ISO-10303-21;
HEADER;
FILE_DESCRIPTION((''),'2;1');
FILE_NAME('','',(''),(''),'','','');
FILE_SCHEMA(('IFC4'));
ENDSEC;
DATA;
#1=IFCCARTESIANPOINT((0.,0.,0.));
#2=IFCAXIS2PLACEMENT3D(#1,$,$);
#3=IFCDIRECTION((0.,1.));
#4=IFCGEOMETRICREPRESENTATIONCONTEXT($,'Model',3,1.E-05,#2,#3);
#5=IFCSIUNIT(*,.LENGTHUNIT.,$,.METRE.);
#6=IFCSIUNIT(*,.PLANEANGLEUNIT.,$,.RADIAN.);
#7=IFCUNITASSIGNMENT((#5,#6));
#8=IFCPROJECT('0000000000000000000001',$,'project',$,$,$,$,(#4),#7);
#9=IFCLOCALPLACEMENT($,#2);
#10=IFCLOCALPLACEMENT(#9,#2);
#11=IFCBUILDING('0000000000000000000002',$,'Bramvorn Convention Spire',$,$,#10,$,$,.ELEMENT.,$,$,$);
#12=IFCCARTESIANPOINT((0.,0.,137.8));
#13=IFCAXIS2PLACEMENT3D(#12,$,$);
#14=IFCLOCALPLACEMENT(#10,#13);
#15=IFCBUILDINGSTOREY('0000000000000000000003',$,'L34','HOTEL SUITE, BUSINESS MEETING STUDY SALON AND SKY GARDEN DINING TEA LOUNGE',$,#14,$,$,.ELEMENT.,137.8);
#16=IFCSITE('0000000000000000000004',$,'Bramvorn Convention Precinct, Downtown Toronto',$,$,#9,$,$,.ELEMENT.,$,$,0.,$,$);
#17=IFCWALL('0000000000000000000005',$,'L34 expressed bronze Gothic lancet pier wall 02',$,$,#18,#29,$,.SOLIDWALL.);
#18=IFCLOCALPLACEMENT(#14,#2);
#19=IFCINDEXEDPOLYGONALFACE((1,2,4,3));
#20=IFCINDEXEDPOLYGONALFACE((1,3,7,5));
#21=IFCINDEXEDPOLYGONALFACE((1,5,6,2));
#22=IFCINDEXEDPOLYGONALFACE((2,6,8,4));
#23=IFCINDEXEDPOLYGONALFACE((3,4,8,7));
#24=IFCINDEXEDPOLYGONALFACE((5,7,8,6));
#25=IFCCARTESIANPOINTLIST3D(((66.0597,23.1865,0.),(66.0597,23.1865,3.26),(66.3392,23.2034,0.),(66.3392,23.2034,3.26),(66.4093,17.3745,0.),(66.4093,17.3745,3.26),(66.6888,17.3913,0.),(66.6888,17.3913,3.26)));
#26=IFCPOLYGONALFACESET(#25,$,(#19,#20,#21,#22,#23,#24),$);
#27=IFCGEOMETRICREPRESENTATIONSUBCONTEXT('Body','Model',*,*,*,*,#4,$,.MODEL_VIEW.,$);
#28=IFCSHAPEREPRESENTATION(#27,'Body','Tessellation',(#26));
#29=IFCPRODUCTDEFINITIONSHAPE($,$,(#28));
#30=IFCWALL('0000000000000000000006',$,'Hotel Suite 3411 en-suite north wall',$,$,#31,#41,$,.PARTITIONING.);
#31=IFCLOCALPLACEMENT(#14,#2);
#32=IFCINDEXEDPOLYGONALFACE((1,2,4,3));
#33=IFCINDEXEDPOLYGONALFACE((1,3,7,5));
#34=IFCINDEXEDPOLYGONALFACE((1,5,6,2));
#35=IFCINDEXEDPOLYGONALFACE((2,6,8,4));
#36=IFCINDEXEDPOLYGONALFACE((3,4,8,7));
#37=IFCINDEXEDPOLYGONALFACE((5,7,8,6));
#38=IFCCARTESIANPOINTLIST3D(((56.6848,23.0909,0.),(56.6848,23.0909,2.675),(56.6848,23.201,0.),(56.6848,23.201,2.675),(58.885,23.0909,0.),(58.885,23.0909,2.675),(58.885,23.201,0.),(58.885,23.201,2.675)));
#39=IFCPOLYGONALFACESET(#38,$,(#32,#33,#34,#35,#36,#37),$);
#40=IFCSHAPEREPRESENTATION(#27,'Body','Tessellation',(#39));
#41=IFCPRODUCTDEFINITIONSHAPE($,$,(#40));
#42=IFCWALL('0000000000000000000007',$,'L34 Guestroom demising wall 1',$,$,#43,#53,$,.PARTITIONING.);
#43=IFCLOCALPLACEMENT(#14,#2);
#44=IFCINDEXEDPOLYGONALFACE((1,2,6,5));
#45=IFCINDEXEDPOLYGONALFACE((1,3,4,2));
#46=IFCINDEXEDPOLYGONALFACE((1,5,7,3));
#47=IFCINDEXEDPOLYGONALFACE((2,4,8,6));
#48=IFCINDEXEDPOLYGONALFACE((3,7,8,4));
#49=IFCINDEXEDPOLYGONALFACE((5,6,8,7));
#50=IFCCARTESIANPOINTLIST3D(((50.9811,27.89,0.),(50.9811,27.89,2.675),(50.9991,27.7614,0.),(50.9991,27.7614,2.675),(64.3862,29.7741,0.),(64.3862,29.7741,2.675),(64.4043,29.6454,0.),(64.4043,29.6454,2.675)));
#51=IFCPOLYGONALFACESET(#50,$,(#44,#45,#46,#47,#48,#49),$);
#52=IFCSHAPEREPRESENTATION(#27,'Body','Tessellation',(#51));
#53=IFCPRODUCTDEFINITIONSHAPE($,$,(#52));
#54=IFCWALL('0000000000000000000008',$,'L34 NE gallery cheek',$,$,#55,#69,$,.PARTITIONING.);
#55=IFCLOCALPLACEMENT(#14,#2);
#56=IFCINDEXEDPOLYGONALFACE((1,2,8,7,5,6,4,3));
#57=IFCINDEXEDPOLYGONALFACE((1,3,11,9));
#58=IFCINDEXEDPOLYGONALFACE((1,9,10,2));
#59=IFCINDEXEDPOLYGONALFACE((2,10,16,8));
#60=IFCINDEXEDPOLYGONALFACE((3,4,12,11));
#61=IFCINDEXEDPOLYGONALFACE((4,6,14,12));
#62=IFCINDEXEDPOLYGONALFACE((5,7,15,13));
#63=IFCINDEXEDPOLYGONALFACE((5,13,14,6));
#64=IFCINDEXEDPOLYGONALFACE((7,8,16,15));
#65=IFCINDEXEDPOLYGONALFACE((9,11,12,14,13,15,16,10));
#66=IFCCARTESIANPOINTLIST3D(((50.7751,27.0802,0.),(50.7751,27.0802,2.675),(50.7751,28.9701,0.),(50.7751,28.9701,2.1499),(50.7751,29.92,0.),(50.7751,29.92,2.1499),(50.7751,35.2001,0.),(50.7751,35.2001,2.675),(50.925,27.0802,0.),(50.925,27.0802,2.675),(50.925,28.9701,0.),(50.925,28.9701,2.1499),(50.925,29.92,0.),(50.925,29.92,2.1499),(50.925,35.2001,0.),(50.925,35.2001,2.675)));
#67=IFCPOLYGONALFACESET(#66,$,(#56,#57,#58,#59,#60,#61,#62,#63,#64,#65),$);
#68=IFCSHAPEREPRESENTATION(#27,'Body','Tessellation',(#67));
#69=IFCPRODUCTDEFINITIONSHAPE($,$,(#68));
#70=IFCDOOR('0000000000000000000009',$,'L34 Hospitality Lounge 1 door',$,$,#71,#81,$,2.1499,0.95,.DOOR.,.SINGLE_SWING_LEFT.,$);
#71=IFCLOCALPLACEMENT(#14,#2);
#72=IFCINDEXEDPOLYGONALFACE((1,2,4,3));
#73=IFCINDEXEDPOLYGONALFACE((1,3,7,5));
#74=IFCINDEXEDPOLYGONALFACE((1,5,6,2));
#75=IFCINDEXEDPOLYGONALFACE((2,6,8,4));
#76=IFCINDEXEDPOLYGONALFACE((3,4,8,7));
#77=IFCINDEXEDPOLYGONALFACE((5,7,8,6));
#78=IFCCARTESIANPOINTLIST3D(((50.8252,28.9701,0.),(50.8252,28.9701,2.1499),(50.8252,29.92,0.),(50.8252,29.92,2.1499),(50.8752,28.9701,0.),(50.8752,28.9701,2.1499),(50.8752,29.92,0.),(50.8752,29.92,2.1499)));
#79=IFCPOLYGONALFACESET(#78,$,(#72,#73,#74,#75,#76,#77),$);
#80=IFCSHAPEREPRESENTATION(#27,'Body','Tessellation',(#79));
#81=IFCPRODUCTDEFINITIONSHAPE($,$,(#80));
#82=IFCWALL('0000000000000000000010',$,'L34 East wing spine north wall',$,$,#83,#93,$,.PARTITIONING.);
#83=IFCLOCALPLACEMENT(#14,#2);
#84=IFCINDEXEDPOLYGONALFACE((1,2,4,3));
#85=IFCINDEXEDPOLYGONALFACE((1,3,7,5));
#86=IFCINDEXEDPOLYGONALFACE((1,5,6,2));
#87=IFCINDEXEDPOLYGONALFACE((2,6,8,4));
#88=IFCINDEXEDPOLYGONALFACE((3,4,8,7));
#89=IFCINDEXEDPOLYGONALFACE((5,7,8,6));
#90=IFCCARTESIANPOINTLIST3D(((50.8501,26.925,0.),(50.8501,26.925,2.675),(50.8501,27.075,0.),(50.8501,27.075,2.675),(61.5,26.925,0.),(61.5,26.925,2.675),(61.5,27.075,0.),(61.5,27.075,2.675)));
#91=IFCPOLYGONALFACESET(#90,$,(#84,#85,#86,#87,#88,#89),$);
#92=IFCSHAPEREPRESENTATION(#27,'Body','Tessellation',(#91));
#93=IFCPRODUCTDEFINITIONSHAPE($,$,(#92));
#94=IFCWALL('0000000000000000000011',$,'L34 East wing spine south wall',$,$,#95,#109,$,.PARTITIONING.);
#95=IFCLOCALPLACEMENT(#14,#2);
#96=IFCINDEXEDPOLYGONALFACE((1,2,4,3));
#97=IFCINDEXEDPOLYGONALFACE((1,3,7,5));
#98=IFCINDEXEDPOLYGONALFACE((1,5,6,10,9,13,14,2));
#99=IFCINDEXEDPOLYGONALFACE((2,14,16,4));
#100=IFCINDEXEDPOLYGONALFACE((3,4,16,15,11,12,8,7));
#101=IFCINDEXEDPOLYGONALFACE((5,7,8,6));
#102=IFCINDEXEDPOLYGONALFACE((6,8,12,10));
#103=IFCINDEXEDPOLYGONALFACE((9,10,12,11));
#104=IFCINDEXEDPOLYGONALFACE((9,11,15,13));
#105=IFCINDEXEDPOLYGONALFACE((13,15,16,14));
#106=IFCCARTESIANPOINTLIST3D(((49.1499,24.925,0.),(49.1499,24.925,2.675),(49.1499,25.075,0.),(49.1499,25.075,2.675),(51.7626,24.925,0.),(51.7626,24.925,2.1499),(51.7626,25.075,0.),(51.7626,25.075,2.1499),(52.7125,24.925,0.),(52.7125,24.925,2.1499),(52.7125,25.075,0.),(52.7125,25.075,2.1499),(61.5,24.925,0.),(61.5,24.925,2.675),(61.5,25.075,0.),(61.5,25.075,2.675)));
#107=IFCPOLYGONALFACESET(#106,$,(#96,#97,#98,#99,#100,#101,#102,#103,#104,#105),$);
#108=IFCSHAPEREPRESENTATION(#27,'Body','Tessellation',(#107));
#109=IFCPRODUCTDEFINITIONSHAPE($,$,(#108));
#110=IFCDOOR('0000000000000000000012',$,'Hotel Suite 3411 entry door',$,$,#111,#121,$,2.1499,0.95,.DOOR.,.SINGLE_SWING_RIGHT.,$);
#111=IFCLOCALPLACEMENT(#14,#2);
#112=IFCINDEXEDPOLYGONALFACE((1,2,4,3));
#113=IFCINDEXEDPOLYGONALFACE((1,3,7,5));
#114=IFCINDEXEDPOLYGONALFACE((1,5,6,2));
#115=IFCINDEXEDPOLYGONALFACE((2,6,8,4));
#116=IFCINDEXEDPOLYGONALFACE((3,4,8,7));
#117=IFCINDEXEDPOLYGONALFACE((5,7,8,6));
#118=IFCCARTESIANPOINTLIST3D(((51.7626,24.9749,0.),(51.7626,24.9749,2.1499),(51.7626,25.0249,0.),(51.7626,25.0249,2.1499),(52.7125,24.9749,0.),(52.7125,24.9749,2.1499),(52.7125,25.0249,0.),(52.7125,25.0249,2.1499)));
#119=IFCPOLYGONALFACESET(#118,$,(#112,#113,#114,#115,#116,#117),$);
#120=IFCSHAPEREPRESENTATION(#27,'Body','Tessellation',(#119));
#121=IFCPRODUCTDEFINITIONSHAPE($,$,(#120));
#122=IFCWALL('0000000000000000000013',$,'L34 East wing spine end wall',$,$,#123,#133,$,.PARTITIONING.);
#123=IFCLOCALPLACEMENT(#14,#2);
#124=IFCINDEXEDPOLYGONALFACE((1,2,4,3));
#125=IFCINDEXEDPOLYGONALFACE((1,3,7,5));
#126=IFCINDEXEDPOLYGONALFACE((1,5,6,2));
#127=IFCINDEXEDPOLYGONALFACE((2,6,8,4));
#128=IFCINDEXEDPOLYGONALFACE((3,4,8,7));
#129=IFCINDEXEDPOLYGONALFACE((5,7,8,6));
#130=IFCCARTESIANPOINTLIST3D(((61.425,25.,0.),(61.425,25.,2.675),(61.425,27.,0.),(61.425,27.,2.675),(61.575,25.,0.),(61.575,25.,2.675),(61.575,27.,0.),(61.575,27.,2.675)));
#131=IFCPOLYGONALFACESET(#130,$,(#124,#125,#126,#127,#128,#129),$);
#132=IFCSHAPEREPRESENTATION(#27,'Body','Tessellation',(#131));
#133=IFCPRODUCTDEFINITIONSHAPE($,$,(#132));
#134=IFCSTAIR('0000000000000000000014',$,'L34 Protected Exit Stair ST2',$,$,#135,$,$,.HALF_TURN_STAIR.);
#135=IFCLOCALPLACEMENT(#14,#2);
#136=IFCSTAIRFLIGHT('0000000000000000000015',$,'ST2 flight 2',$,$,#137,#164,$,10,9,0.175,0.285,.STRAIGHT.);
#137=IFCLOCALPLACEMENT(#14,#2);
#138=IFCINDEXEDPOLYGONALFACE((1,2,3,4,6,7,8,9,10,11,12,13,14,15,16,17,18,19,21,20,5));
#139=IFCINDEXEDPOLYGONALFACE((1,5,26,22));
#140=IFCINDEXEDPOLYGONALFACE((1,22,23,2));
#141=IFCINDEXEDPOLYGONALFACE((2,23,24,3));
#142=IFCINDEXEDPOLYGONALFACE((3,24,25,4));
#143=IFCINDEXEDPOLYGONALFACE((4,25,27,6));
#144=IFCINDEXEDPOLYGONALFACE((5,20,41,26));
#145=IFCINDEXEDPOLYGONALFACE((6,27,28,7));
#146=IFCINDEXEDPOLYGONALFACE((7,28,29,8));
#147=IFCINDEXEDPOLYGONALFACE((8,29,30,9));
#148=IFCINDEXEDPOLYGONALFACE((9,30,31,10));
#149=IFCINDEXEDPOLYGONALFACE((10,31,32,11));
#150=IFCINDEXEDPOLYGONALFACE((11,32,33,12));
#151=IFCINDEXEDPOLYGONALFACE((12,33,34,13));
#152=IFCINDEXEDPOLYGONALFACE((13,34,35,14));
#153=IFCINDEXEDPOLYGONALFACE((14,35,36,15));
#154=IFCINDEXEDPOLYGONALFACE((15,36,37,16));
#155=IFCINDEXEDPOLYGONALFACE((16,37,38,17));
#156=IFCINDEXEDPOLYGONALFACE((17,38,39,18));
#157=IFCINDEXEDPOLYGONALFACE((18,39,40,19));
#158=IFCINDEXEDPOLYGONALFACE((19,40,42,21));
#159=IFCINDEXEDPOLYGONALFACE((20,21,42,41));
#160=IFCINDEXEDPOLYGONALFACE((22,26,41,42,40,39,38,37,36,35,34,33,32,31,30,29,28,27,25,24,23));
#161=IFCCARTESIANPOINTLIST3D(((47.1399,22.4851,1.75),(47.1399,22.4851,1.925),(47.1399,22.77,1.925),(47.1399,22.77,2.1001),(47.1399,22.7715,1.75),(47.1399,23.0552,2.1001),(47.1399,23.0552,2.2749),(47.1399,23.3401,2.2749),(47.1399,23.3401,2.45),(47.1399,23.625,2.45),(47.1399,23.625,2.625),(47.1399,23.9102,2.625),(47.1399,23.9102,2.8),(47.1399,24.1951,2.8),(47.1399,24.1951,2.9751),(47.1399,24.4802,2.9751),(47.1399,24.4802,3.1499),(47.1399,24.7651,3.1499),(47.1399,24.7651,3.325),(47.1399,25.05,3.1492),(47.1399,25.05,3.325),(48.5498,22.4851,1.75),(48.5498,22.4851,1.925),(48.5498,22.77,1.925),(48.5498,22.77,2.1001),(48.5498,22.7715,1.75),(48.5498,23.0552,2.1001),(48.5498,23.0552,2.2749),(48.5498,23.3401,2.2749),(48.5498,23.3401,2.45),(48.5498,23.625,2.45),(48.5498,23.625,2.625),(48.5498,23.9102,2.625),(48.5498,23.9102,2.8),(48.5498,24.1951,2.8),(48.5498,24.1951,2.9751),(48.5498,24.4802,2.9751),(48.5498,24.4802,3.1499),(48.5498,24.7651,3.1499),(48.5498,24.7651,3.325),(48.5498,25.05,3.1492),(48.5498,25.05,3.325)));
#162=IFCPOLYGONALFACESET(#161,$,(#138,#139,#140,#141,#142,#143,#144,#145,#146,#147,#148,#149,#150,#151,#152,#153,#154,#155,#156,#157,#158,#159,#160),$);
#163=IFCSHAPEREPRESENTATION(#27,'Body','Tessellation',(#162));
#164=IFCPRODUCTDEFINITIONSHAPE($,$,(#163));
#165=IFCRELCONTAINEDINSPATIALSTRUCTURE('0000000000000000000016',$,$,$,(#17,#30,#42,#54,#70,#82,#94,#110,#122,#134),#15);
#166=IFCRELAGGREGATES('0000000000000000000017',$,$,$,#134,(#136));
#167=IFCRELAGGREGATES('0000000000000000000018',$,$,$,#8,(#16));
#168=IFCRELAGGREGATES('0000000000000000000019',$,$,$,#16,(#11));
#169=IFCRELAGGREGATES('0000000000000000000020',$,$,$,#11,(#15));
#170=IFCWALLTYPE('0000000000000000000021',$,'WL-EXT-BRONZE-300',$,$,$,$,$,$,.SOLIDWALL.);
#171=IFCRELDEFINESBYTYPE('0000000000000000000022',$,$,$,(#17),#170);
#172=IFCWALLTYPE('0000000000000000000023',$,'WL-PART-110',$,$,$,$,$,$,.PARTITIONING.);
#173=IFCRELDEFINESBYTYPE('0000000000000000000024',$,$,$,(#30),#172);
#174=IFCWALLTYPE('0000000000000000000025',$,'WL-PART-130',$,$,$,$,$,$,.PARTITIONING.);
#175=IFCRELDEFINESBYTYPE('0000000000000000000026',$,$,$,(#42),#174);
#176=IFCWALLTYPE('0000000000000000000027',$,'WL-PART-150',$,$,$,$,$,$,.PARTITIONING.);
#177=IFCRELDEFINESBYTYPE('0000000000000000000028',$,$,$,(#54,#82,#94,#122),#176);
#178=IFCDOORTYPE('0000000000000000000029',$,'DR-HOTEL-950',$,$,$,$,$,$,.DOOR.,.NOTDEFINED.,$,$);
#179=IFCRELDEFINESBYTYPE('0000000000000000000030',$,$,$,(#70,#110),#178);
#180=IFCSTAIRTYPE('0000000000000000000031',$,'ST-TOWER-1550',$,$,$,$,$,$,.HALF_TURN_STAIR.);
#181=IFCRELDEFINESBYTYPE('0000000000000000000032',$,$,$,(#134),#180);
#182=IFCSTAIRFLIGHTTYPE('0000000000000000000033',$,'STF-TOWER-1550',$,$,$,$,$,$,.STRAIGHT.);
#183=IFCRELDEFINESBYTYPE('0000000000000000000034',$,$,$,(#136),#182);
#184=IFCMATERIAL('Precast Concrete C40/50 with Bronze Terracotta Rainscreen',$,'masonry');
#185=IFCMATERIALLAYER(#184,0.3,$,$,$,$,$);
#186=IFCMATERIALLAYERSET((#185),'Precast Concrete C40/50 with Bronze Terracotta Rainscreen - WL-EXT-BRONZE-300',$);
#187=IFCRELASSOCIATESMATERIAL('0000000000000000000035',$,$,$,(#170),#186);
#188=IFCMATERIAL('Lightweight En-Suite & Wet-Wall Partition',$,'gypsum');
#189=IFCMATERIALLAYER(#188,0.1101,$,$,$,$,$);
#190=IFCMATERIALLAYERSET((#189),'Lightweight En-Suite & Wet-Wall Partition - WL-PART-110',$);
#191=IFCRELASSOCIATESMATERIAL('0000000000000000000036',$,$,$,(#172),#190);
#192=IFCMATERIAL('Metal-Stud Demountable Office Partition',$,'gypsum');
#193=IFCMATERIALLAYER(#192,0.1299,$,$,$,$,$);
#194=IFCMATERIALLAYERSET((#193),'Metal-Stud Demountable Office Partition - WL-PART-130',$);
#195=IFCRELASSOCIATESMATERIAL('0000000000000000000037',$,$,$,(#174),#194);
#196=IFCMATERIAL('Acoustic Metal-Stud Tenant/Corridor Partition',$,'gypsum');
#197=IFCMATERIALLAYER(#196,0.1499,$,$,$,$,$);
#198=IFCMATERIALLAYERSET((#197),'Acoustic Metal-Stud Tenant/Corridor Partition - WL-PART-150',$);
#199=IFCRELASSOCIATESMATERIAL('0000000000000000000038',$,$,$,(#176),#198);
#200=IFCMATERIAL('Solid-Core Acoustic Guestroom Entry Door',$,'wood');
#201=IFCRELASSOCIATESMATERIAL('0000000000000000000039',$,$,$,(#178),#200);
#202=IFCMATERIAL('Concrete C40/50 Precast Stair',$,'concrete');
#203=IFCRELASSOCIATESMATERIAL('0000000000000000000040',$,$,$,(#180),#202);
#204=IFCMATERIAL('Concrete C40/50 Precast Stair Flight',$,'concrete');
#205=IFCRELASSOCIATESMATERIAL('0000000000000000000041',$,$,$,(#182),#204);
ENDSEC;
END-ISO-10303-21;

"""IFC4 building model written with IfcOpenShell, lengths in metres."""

from ifc_helpers import new_model, si_unit, direction, frame, frame_2d, origin, place, context, subcontext, project, spatial, polyline, rectangle, outline, extrude, material, layer, layer_set, type_object, element, fill, aggregate, save


model = new_model("IFC4")

# Units and contexts
model_context = context("Model", 3, precision=1e-05, world=origin(), true_north=direction((0.0, 1.0)))
body_context = subcontext(model_context, "Body", "Model", "MODEL_VIEW")
ifc_project = project(units=[si_unit("LENGTHUNIT", "METRE"), si_unit("PLANEANGLEUNIT", "RADIAN")], contexts=[model_context])

# Site, building, storey
site_placement = place(None, origin())
site = spatial("IfcSite", under=ifc_project, at=site_placement, Name="Bramvorn Convention Precinct, Downtown Toronto", CompositionType="ELEMENT", RefElevation=0.0)
building_placement = place(site_placement, origin())
building = spatial("IfcBuilding", under=site, at=building_placement, Name="Bramvorn Convention Spire", CompositionType="ELEMENT")
storey_placement = place(building_placement, frame((0.0, 0.0, 137.8)))
storey = spatial("IfcBuildingStorey", under=building, at=storey_placement, Name="L34", Description="HOTEL SUITE, BUSINESS MEETING STUDY SALON AND SKY GARDEN DINING TEA LOUNGE", CompositionType="ELEMENT", Elevation=137.8)

# Walls
ifc_material_1 = material(Name="Precast Concrete C40/50 with Bronze Terracotta Rainscreen", Category="masonry")
ifc_layer_1 = layer(ifc_material_1, 0.3)
ifc_layer_set_1 = layer_set([ifc_layer_1], Name="Precast Concrete C40/50 with Bronze Terracotta Rainscreen - WL-EXT-BRONZE-300")
wall_type_1 = type_object("IfcWallType", Name="WL-EXT-BRONZE-300", PredefinedType="SOLIDWALL", material=ifc_layer_set_1)
wall_1_placement = place(storey_placement, frame((66.1995, 23.1948, 0.0), z_axis=(0.0, 0.0, 1.0), x_axis=(0.060044, -0.998196, 0.0)))
element("IfcWall", 1, at=wall_1_placement, inside=storey, type_object=wall_type_1, Name="L34 expressed bronze Gothic lancet pier wall 02", PredefinedType="SOLIDWALL", context=body_context, shape_type="SweptSolid", body=[
    extrude(rectangle(XDim=5.8225, YDim=0.28, at=frame_2d((2.9111, 0.0))), origin(), (0.0, 0.0, 1.0), 3.26),
])
ifc_material_2 = material(Name="Lightweight En-Suite & Wet-Wall Partition", Category="gypsum")
ifc_layer_2 = layer(ifc_material_2, 0.1101)
ifc_layer_set_2 = layer_set([ifc_layer_2], Name="Lightweight En-Suite & Wet-Wall Partition - WL-PART-110")
wall_type_2 = type_object("IfcWallType", Name="WL-PART-110", PredefinedType="PARTITIONING", material=ifc_layer_set_2)
wall_2_placement = place(storey_placement, frame((56.6848, 23.146, 0.0), z_axis=(0.0, 0.0, 1.0), x_axis=(1.0, 0.0, 0.0)))
element("IfcWall", 2, at=wall_2_placement, inside=storey, type_object=wall_type_2, Name="Hotel Suite 3411 en-suite north wall", PredefinedType="PARTITIONING", context=body_context, shape_type="SweptSolid", body=[
    extrude(rectangle(XDim=2.2002, YDim=0.1101, at=frame_2d((1.1001, 0.0))), origin(), (0.0, 0.0, 1.0), 2.675),
])
ifc_material_3 = material(Name="Metal-Stud Demountable Office Partition", Category="gypsum")
ifc_layer_3 = layer(ifc_material_3, 0.1299)
ifc_layer_set_3 = layer_set([ifc_layer_3], Name="Metal-Stud Demountable Office Partition - WL-PART-130")
wall_type_3 = type_object("IfcWallType", Name="WL-PART-130", PredefinedType="PARTITIONING", material=ifc_layer_set_3)
wall_3_placement = place(storey_placement, frame((50.99, 27.8257, 0.0), z_axis=(0.0, 0.0, 1.0), x_axis=(0.990267, 0.139179, 0.0)))
element("IfcWall", 3, at=wall_3_placement, inside=storey, type_object=wall_type_3, Name="L34 Guestroom demising wall 1", PredefinedType="PARTITIONING", context=body_context, shape_type="SweptSolid", body=[
    extrude(rectangle(XDim=13.5369, YDim=0.1299, at=frame_2d((6.7686, 0.0))), origin(), (0.0, 0.0, 1.0), 2.675),
])

# Wall, opening, door
ifc_material_4 = material(Name="Acoustic Metal-Stud Tenant/Corridor Partition", Category="gypsum")
ifc_layer_4 = layer(ifc_material_4, 0.1499)
ifc_layer_set_4 = layer_set([ifc_layer_4], Name="Acoustic Metal-Stud Tenant/Corridor Partition - WL-PART-150")
wall_type_4 = type_object("IfcWallType", Name="WL-PART-150", PredefinedType="PARTITIONING", material=ifc_layer_set_4)
wall_4_placement = place(storey_placement, frame((50.8501, 27.0801, 0.0), z_axis=(0.0, 0.0, 1.0), x_axis=(0.0, 1.0, 0.0)))
wall_4 = element("IfcWall", 4, at=wall_4_placement, inside=storey, type_object=wall_type_4, Name="L34 NE gallery cheek", PredefinedType="PARTITIONING", context=body_context, shape_type="SweptSolid", body=[
    extrude(rectangle(XDim=8.1199, YDim=0.1499, at=frame_2d((4.0601, 0.0))), origin(), (0.0, 0.0, 1.0), 2.675),
])
opening_1_placement = place(wall_4_placement, frame((1.8899, 0.0, 0.0)))
opening_1 = element("IfcOpeningElement", 5, at=opening_1_placement, cuts=wall_4, PredefinedType="OPENING", context=body_context, shape_type="SweptSolid", body=[
    extrude(rectangle(XDim=0.95, YDim=2.1499, at=frame_2d((0.4751, 1.075))), frame((0.0, 0.085, 0.0), z_axis=(0.0, -1.0, 0.0), x_axis=(1.0, 0.0, 0.0)), (0.0, 0.0, 1.0), 0.1699),
])
ifc_material_5 = material(Name="Solid-Core Acoustic Guestroom Entry Door", Category="wood")
door_type = type_object("IfcDoorType", Name="DR-HOTEL-950", OperationType="NOTDEFINED", PredefinedType="DOOR", material=ifc_material_5)
door_1_placement = place(opening_1_placement, origin())
door_1 = element("IfcDoor", 6, at=door_1_placement, inside=storey, type_object=door_type, Name="L34 Hospitality Lounge 1 door", OperationType="SINGLE_SWING_LEFT", OverallHeight=2.1499, OverallWidth=0.95, PredefinedType="DOOR", context=body_context, shape_type="SweptSolid", body=[
    extrude(rectangle(XDim=0.95, YDim=2.1499, at=frame_2d((0.4751, 1.075))), frame((0.0, 0.0249, 0.0), z_axis=(0.0, -1.0, 0.0), x_axis=(1.0, 0.0, 0.0)), (0.0, 0.0, 1.0), 0.05),
])
fill(opening_1, door_1)

# Wall
wall_5_placement = place(storey_placement, frame((50.8501, 27.0, 0.0), z_axis=(0.0, 0.0, 1.0), x_axis=(1.0, 0.0, 0.0)))
element("IfcWall", 7, at=wall_5_placement, inside=storey, type_object=wall_type_4, Name="L34 East wing spine north wall", PredefinedType="PARTITIONING", context=body_context, shape_type="SweptSolid", body=[
    extrude(rectangle(XDim=10.6499, YDim=0.1499, at=frame_2d((5.325, 0.0))), origin(), (0.0, 0.0, 1.0), 2.675),
])

# Wall, opening, door
wall_6_placement = place(storey_placement, frame((49.1499, 25.0, 0.0), z_axis=(0.0, 0.0, 1.0), x_axis=(1.0, 0.0, 0.0)))
wall_6 = element("IfcWall", 8, at=wall_6_placement, inside=storey, type_object=wall_type_4, Name="L34 East wing spine south wall", PredefinedType="PARTITIONING", context=body_context, shape_type="SweptSolid", body=[
    extrude(rectangle(XDim=12.3501, YDim=0.1499, at=frame_2d((6.175, 0.0))), origin(), (0.0, 0.0, 1.0), 2.675),
])
opening_2_placement = place(wall_6_placement, frame((2.6125, 0.0, 0.0)))
opening_2 = element("IfcOpeningElement", 9, at=opening_2_placement, cuts=wall_6, PredefinedType="OPENING", context=body_context, shape_type="SweptSolid", body=[
    extrude(rectangle(XDim=0.95, YDim=2.1499, at=frame_2d((0.4751, 1.075))), frame((0.0, 0.085, 0.0), z_axis=(0.0, -1.0, 0.0), x_axis=(1.0, 0.0, 0.0)), (0.0, 0.0, 1.0), 0.1699),
])
door_2_placement = place(opening_2_placement, origin())
door_2 = element("IfcDoor", 10, at=door_2_placement, inside=storey, type_object=door_type, Name="Hotel Suite 3411 entry door", OperationType="SINGLE_SWING_RIGHT", OverallHeight=2.1499, OverallWidth=0.95, PredefinedType="DOOR", context=body_context, shape_type="SweptSolid", body=[
    extrude(rectangle(XDim=0.95, YDim=2.1499, at=frame_2d((0.4751, 1.075))), frame((0.0, 0.0249, 0.0), z_axis=(0.0, -1.0, 0.0), x_axis=(1.0, 0.0, 0.0)), (0.0, 0.0, 1.0), 0.05),
])
fill(opening_2, door_2)

# Wall
wall_7_placement = place(storey_placement, frame((61.5, 25.0, 0.0), z_axis=(0.0, 0.0, 1.0), x_axis=(0.0, 1.0, 0.0)))
element("IfcWall", 11, at=wall_7_placement, inside=storey, type_object=wall_type_4, Name="L34 East wing spine end wall", PredefinedType="PARTITIONING", context=body_context, shape_type="SweptSolid", body=[
    extrude(rectangle(XDim=2.0, YDim=0.1499, at=frame_2d((1.0, 0.0))), origin(), (0.0, 0.0, 1.0), 2.675),
])

# Stair, stair flight
ifc_material_6 = material(Name="Concrete C40/50 Precast Stair", Category="concrete")
stair_type = type_object("IfcStairType", Name="ST-TOWER-1550", PredefinedType="HALF_TURN_STAIR", material=ifc_material_6)
stair_placement = place(storey_placement, origin())
stair = element("IfcStair", 12, at=stair_placement, inside=storey, type_object=stair_type, Name="L34 Protected Exit Stair ST2", PredefinedType="HALF_TURN_STAIR")
ifc_material_7 = material(Name="Concrete C40/50 Precast Stair Flight", Category="concrete")
stair_flight_type = type_object("IfcStairFlightType", Name="STF-TOWER-1550", PredefinedType="STRAIGHT", material=ifc_material_7)
stair_flight_placement = place(storey_placement, frame((47.845, 22.4851, 1.75), z_axis=(0.0, 0.0, 1.0), x_axis=(0.0, 1.0, 0.0)))
stair_flight = element("IfcStairFlight", 13, at=stair_flight_placement, type_object=stair_flight_type, Name="ST2 flight 2", NumberOfRisers=10, NumberOfTreads=9, PredefinedType="STRAIGHT", RiserHeight=0.175, TreadLength=0.285, context=body_context, shape_type="SweptSolid", body=[
    extrude(outline(polyline([(0.0, 0.0), (0.0, 0.175), (0.2849, 0.175), (0.2849, 0.3501), (0.5701, 0.3501), (0.5701, 0.5249), (0.855, 0.5249), (0.855, 0.7), (1.1399, 0.7), (1.1399, 0.875), (1.425, 0.875), (1.425, 1.05), (1.71, 1.05), (1.71, 1.2251), (1.9951, 1.2251), (1.9951, 1.3999), (2.28, 1.3999), (2.28, 1.575), (2.5649, 1.575), (2.5649, 1.75), (2.5649, 1.3992), (0.2864, 0.0), (0.0, 0.0)])), frame((0.0, 0.7051, 0.0), z_axis=(0.0, -1.0, 0.0), x_axis=(1.0, 0.0, 0.0)), (0.0, 0.0, 1.0), 1.4099),
])
aggregate(stair, [stair_flight])

save(model, "model.ifc")
